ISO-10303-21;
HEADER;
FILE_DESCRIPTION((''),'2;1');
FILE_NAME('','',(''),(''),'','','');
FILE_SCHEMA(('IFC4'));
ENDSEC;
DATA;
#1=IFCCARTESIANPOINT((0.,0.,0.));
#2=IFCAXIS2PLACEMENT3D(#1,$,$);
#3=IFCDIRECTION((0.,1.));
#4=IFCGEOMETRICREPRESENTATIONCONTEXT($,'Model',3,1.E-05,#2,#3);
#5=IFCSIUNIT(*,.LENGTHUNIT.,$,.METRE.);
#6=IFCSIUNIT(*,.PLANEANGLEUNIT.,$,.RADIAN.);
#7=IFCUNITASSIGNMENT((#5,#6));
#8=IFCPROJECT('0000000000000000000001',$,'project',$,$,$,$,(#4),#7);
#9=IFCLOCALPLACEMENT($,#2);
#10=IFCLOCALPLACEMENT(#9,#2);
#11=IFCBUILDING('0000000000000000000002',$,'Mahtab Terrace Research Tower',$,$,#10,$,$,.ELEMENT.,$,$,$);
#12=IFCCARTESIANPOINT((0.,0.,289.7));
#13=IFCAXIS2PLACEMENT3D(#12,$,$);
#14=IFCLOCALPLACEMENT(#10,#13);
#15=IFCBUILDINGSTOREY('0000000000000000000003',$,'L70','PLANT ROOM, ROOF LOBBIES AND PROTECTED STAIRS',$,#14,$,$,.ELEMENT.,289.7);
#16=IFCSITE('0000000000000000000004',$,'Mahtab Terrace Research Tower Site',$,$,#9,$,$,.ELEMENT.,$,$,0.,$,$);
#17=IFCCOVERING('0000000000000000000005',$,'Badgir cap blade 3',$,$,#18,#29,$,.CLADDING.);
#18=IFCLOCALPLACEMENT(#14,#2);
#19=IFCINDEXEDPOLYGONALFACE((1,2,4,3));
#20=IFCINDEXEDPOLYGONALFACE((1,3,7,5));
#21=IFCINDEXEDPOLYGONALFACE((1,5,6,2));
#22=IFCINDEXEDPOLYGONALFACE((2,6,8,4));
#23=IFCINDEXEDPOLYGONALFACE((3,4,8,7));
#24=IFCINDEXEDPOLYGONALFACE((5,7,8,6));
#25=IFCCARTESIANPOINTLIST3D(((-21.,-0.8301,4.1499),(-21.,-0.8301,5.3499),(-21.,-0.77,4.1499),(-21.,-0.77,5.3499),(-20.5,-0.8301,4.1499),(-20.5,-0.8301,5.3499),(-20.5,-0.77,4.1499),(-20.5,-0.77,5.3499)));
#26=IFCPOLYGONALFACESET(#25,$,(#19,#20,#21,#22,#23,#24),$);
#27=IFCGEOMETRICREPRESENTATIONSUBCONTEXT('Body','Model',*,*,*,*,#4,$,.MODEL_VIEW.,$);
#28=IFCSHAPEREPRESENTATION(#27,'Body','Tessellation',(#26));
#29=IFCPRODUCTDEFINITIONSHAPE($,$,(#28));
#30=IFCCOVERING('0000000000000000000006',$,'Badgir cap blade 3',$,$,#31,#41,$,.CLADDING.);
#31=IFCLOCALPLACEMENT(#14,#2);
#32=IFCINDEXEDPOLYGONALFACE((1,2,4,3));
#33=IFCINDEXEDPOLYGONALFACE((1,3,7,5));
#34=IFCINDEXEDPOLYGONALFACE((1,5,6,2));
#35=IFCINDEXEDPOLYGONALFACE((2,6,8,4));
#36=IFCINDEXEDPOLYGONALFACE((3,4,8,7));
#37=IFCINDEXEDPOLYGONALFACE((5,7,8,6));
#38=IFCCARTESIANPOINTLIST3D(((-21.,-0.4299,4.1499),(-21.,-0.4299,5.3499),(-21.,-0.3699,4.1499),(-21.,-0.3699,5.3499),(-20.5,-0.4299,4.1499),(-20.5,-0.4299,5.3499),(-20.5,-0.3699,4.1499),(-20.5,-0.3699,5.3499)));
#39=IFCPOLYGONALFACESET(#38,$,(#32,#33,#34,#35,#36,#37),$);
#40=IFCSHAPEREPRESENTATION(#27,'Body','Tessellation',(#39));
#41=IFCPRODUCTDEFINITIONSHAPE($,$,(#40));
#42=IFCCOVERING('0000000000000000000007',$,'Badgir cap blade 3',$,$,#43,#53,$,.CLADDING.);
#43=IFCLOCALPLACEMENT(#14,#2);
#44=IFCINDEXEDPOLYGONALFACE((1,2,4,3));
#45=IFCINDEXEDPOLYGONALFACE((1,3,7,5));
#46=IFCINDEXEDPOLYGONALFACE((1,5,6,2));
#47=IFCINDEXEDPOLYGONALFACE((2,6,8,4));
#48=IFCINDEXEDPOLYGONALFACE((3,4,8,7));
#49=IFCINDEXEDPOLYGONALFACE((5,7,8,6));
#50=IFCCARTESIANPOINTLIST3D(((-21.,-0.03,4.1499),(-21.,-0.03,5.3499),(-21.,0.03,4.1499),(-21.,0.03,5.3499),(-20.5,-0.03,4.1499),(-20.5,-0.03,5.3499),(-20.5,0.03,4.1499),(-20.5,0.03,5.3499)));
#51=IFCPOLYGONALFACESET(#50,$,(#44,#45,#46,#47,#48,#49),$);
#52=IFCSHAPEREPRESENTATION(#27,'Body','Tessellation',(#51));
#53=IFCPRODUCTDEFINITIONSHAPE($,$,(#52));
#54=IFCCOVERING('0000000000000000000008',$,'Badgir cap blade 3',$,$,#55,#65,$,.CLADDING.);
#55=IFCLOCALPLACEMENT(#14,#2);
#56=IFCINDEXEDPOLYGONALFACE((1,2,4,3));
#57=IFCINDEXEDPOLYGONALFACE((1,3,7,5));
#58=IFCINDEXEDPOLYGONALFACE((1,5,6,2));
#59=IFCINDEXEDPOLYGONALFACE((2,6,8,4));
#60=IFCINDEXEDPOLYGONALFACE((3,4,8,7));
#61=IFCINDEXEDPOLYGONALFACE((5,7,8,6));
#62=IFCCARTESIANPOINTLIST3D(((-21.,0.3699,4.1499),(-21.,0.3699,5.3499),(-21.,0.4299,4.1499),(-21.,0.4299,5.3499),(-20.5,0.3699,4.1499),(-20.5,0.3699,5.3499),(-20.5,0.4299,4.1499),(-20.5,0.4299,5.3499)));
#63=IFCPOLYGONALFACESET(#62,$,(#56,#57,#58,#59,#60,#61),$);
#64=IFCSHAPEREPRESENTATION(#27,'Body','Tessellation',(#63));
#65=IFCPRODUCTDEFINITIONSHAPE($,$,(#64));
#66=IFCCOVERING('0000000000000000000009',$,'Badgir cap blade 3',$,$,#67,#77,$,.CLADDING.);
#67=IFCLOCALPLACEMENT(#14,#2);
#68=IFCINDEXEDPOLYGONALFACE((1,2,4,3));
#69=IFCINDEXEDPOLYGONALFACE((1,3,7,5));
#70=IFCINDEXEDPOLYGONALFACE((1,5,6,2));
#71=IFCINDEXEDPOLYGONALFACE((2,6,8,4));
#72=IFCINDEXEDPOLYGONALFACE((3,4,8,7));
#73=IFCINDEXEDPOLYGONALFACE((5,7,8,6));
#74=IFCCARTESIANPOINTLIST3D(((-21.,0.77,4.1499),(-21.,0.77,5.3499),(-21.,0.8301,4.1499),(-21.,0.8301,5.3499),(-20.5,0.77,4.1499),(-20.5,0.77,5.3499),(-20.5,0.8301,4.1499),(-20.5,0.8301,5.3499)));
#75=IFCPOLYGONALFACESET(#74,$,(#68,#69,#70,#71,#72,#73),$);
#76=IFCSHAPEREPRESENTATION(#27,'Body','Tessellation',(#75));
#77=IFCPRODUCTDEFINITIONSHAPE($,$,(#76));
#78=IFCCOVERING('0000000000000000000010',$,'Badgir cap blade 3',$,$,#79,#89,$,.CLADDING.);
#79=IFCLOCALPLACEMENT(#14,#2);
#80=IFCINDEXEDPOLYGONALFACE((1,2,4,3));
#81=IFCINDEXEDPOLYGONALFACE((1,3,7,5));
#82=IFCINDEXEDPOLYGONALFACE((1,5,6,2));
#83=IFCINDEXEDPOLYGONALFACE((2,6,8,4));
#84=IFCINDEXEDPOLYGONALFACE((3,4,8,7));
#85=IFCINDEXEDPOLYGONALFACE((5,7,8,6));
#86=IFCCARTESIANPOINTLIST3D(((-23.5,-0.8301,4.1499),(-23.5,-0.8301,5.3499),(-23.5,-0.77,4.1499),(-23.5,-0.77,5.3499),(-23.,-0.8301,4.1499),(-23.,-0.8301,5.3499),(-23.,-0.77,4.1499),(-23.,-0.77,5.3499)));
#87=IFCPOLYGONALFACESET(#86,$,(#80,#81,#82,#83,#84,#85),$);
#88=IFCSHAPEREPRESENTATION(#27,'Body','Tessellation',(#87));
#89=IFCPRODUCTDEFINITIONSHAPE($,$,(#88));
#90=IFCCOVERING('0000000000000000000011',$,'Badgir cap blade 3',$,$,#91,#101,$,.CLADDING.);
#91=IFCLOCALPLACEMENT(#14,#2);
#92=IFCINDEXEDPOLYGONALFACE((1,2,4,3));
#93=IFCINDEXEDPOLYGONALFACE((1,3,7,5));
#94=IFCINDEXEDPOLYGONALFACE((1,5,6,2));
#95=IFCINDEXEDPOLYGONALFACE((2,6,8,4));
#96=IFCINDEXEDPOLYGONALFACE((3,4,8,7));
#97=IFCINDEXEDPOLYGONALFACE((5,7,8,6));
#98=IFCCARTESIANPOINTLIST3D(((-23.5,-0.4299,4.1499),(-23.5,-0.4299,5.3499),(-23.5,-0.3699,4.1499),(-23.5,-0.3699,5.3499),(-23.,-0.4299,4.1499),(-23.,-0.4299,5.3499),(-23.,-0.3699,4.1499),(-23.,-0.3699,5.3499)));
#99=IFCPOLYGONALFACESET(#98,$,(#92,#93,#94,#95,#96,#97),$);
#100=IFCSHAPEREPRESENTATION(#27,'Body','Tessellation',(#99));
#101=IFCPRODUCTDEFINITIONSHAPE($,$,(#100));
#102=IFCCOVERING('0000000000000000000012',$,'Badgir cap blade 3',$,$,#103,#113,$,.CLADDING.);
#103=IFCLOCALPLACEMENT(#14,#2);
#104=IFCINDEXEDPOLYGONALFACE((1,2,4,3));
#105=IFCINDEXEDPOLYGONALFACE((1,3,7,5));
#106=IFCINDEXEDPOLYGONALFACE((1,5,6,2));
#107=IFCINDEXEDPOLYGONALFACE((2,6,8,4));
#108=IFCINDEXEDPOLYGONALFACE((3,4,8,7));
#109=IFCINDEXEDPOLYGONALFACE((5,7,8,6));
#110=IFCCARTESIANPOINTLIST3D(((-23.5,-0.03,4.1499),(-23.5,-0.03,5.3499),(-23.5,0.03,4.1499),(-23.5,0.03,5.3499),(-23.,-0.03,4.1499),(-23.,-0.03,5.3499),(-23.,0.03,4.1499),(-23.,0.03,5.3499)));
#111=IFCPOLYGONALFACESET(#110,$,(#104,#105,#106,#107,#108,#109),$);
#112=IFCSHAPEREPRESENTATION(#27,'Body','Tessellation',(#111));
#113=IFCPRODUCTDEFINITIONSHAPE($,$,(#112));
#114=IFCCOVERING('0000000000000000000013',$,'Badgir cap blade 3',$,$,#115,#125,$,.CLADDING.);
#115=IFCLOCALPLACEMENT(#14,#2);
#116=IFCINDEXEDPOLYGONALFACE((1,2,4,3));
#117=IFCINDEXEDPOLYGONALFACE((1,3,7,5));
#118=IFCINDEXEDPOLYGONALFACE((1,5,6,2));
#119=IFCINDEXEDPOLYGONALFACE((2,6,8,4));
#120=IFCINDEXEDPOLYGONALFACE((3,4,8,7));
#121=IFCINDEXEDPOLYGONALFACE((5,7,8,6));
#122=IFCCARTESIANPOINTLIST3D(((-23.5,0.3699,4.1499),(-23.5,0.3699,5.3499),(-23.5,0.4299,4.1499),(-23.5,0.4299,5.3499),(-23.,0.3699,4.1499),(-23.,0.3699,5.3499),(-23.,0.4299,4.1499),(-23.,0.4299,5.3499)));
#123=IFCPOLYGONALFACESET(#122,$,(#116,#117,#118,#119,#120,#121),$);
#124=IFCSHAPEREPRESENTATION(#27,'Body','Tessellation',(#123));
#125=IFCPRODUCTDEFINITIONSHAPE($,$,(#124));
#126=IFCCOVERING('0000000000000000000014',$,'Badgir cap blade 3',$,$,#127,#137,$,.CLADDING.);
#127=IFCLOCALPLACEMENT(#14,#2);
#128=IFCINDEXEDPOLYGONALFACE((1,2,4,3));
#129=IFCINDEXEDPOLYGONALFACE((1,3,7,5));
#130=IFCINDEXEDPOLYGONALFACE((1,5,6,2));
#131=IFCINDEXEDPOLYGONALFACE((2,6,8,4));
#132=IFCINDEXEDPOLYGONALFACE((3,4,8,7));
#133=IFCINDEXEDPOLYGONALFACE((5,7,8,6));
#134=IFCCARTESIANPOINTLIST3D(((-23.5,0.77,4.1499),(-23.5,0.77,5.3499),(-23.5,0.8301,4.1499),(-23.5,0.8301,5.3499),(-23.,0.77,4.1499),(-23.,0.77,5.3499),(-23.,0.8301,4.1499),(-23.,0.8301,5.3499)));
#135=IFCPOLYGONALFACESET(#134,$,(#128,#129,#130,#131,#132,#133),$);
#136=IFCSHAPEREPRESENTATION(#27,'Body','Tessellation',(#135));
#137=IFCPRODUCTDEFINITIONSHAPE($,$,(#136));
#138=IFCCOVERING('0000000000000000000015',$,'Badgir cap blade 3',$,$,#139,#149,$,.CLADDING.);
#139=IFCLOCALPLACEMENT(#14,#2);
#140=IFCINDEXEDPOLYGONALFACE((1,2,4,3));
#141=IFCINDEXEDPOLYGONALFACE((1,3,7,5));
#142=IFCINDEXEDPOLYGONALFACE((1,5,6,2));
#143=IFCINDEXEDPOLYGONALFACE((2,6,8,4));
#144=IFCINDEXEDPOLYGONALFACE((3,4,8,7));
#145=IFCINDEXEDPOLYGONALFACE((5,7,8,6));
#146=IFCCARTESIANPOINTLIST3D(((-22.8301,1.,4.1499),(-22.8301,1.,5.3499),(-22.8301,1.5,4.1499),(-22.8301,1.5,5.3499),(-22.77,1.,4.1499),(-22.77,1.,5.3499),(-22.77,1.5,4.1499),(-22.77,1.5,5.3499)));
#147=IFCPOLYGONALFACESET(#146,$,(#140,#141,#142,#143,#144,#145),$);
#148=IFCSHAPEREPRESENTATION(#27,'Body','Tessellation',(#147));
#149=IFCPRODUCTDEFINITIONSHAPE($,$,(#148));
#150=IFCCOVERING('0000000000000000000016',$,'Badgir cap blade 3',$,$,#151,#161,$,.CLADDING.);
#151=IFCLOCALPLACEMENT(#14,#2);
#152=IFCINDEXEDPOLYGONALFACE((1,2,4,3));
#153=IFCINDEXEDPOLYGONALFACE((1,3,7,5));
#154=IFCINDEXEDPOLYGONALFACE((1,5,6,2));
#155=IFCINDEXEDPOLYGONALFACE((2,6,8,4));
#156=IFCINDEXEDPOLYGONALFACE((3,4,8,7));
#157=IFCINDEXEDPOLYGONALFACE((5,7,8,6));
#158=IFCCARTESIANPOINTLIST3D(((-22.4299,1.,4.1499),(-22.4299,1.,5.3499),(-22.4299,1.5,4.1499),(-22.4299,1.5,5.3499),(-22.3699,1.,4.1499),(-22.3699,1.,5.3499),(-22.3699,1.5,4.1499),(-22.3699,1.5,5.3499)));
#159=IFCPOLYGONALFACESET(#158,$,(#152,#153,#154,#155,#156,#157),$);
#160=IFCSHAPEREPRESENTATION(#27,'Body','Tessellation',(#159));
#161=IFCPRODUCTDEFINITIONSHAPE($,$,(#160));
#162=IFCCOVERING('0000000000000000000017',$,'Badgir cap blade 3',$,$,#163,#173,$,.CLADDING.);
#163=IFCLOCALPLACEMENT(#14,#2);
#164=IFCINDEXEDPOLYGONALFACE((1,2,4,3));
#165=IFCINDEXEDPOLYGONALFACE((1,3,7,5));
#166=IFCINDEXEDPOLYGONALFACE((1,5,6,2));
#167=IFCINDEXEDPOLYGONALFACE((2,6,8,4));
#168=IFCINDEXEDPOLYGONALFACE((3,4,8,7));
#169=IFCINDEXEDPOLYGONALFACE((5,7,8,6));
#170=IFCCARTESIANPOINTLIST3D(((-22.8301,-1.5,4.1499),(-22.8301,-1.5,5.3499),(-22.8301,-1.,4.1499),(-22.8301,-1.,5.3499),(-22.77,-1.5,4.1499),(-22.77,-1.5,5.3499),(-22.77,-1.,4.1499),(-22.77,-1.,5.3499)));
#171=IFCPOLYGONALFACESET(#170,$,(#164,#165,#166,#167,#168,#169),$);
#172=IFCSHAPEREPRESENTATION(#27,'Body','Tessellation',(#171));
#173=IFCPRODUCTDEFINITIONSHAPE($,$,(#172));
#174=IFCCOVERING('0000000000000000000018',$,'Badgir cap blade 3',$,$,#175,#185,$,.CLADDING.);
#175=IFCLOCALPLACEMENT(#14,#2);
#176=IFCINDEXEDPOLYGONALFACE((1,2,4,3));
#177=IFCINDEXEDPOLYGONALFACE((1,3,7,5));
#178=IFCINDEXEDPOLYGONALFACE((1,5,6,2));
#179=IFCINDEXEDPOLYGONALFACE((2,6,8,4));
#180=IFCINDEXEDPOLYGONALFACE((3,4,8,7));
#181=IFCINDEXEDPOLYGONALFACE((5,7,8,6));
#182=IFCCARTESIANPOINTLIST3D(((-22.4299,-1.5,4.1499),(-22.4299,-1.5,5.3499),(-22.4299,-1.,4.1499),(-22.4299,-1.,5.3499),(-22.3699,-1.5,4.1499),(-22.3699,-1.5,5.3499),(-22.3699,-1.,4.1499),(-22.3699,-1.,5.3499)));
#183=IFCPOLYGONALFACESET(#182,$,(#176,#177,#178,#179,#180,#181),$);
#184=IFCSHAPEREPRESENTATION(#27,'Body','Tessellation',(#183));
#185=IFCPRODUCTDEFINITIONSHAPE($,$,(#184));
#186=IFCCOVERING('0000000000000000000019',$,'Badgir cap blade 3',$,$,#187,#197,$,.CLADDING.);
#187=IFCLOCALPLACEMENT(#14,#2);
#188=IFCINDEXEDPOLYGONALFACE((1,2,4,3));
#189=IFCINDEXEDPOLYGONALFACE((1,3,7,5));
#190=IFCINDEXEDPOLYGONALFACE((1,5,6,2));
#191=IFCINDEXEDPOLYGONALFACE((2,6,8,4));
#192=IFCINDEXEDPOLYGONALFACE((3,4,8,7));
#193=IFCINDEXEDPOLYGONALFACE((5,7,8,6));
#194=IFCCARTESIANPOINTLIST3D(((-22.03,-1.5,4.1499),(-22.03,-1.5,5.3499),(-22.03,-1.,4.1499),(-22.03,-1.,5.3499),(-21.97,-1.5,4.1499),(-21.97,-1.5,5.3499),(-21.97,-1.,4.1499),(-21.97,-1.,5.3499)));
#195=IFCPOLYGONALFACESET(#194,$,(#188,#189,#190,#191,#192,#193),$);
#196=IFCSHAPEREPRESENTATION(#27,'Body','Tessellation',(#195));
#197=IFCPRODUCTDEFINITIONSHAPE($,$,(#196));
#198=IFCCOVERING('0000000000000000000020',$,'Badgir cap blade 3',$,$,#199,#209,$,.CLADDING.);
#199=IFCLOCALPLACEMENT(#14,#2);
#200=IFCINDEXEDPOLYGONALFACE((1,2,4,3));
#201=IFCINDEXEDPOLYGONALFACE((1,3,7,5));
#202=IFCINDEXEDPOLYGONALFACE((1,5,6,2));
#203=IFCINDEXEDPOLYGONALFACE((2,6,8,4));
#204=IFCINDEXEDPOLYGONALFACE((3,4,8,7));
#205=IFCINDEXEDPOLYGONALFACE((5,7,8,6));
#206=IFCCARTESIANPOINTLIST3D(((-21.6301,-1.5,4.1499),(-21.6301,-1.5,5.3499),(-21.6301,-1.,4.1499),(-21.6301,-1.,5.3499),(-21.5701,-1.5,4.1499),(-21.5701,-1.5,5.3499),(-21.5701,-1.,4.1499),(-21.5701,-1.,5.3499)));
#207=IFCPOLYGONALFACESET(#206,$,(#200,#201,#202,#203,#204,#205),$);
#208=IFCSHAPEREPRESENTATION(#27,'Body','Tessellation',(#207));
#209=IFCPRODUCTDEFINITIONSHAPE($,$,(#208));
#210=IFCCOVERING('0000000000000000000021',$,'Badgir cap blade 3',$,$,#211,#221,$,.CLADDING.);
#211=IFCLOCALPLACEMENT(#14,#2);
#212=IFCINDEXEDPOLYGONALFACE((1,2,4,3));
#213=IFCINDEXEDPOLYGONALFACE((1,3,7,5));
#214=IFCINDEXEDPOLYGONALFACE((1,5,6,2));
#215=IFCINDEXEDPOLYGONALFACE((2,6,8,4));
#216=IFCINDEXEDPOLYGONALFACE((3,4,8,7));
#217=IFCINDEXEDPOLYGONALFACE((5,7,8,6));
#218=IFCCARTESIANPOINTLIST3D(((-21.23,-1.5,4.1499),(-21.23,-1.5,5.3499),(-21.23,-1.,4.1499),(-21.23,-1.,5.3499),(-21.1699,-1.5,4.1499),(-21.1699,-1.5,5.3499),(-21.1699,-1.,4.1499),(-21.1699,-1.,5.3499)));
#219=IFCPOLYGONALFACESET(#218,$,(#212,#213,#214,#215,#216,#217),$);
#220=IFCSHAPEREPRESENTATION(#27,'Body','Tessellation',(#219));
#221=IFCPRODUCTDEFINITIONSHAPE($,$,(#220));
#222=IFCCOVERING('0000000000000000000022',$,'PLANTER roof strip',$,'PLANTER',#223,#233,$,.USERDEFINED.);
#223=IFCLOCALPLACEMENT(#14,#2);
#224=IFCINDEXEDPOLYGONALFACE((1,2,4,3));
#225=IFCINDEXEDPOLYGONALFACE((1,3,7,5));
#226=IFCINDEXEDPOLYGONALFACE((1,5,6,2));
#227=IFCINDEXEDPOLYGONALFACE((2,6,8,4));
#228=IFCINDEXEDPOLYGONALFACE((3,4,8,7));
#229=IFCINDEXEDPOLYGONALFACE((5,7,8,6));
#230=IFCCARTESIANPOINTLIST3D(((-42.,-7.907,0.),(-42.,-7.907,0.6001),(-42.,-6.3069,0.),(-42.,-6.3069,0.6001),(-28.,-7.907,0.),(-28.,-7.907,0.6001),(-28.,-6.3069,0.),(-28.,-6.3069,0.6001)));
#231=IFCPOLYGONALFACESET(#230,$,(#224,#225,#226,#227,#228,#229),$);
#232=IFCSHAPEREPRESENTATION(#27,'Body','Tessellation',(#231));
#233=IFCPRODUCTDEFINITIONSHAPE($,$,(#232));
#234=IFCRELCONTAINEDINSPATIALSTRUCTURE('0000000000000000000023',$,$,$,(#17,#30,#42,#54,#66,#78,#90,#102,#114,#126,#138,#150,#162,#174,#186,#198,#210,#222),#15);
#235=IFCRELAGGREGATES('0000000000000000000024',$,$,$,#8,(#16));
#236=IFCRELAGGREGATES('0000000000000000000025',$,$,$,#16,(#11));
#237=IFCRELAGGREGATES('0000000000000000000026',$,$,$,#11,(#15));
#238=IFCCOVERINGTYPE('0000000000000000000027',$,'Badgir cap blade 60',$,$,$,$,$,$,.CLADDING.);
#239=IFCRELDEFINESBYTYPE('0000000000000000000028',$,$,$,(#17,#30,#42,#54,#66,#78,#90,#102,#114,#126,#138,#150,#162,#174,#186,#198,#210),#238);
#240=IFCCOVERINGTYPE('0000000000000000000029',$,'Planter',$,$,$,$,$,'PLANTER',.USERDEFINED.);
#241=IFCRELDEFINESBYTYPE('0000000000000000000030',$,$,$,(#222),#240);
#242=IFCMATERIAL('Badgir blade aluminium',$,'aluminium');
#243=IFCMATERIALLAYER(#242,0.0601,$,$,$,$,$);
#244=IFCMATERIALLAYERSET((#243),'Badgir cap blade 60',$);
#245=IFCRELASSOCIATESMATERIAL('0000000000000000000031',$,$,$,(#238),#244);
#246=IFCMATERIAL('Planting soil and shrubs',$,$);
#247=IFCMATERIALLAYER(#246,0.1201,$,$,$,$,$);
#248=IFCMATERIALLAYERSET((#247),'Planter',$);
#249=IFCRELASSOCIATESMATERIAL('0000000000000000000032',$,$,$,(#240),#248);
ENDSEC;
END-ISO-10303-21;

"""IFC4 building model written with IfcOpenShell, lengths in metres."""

from ifc_helpers import new_model, si_unit, direction, frame, origin, origin_2d, place, context, subcontext, project, spatial, rectangle, extrude, material, layer, layer_set, type_object, element, save


model = new_model("IFC4")

# Units and contexts
model_context = context("Model", 3, precision=1e-05, world=origin(), true_north=direction((0.0, 1.0)))
body_context = subcontext(model_context, "Body", "Model", "MODEL_VIEW")
ifc_project = project(units=[si_unit("LENGTHUNIT", "METRE"), si_unit("PLANEANGLEUNIT", "RADIAN")], contexts=[model_context])

# Site, building, storey
site_placement = place(None, origin())
site = spatial("IfcSite", under=ifc_project, at=site_placement, Name="Mahtab Terrace Research Tower Site", CompositionType="ELEMENT", RefElevation=0.0)
building_placement = place(site_placement, origin())
building = spatial("IfcBuilding", under=site, at=building_placement, Name="Mahtab Terrace Research Tower", CompositionType="ELEMENT")
storey_placement = place(building_placement, frame((0.0, 0.0, 289.7)))
storey = spatial("IfcBuildingStorey", under=building, at=storey_placement, Name="L70", Description="PLANT ROOM, ROOF LOBBIES AND PROTECTED STAIRS", CompositionType="ELEMENT", Elevation=289.7)

# Coverings
ifc_material_1 = material(Name="Badgir blade aluminium", Category="aluminium")
ifc_layer_1 = layer(ifc_material_1, 0.0601)
ifc_layer_set_1 = layer_set([ifc_layer_1], Name="Badgir cap blade 60")
covering_type_1 = type_object("IfcCoveringType", Name="Badgir cap blade 60", PredefinedType="CLADDING", material=ifc_layer_set_1)
for number, where, z_axis, x_axis, name in (
    (1, (-20.75, -0.8, 4.1499), (0.0, 0.0, 1.0), (1.0, 0.0, 0.0), "Badgir cap blade 3"),
    (2, (-20.75, -0.3999, 4.1499), (0.0, 0.0, 1.0), (1.0, 0.0, 0.0), "Badgir cap blade 3"),
    (3, (-20.75, 0.0, 4.1499), (0.0, 0.0, 1.0), (1.0, 0.0, 0.0), "Badgir cap blade 3"),
    (4, (-20.75, 0.3999, 4.1499), (0.0, 0.0, 1.0), (1.0, 0.0, 0.0), "Badgir cap blade 3"),
    (5, (-20.75, 0.8, 4.1499), (0.0, 0.0, 1.0), (1.0, 0.0, 0.0), "Badgir cap blade 3"),
    (6, (-23.25, -0.8, 4.1499), (0.0, 0.0, 1.0), (1.0, 0.0, 0.0), "Badgir cap blade 3"),
    (7, (-23.25, -0.3999, 4.1499), (0.0, 0.0, 1.0), (1.0, 0.0, 0.0), "Badgir cap blade 3"),
    (8, (-23.25, 0.0, 4.1499), (0.0, 0.0, 1.0), (1.0, 0.0, 0.0), "Badgir cap blade 3"),
    (9, (-23.25, 0.3999, 4.1499), (0.0, 0.0, 1.0), (1.0, 0.0, 0.0), "Badgir cap blade 3"),
    (10, (-23.25, 0.8, 4.1499), (0.0, 0.0, 1.0), (1.0, 0.0, 0.0), "Badgir cap blade 3"),
):
    element("IfcCovering", number, at=place(storey_placement, frame(where, z_axis=z_axis, x_axis=x_axis)), inside=storey, type_object=covering_type_1, Name=name, PredefinedType="CLADDING", context=body_context, shape_type="SweptSolid", body=[
        extrude(rectangle(XDim=0.5, YDim=0.0601, at=origin_2d()), origin(), (0.0, 0.0, 1.0), 1.2),
    ])
for number, where, z_axis, x_axis, name in (
    (11, (-22.8, 1.25, 4.1499), (0.0, 0.0, 1.0), (1.0, 0.0, 0.0), "Badgir cap blade 3"),
    (12, (-22.3999, 1.25, 4.1499), (0.0, 0.0, 1.0), (1.0, 0.0, 0.0), "Badgir cap blade 3"),
    (13, (-22.8, -1.25, 4.1499), (0.0, 0.0, 1.0), (1.0, 0.0, 0.0), "Badgir cap blade 3"),
    (14, (-22.3999, -1.25, 4.1499), (0.0, 0.0, 1.0), (1.0, 0.0, 0.0), "Badgir cap blade 3"),
    (15, (-22.0, -1.25, 4.1499), (0.0, 0.0, 1.0), (1.0, 0.0, 0.0), "Badgir cap blade 3"),
    (16, (-21.6001, -1.25, 4.1499), (0.0, 0.0, 1.0), (1.0, 0.0, 0.0), "Badgir cap blade 3"),
    (17, (-21.2, -1.25, 4.1499), (0.0, 0.0, 1.0), (1.0, 0.0, 0.0), "Badgir cap blade 3"),
):
    element("IfcCovering", number, at=place(storey_placement, frame(where, z_axis=z_axis, x_axis=x_axis)), inside=storey, type_object=covering_type_1, Name=name, PredefinedType="CLADDING", context=body_context, shape_type="SweptSolid", body=[
        extrude(rectangle(XDim=0.0601, YDim=0.5, at=origin_2d()), origin(), (0.0, 0.0, 1.0), 1.2),
    ])
ifc_material_2 = material(Name="Planting soil and shrubs")
ifc_layer_2 = layer(ifc_material_2, 0.1201)
ifc_layer_set_2 = layer_set([ifc_layer_2], Name="Planter")
covering_type_2 = type_object("IfcCoveringType", Name="Planter", ElementType="PLANTER", PredefinedType="USERDEFINED", material=ifc_layer_set_2)
covering_placement = place(storey_placement, frame((-35.0, -7.1069, 0.0), z_axis=(0.0, 0.0, 1.0), x_axis=(1.0, 0.0, 0.0)))
element("IfcCovering", 18, at=covering_placement, inside=storey, type_object=covering_type_2, Name="PLANTER roof strip", ObjectType="PLANTER", PredefinedType="USERDEFINED", context=body_context, shape_type="SweptSolid", body=[
    extrude(rectangle(XDim=14.0, YDim=1.6001, at=origin_2d()), origin(), (0.0, 0.0, 1.0), 0.6001),
])

save(model, "model.ifc")
